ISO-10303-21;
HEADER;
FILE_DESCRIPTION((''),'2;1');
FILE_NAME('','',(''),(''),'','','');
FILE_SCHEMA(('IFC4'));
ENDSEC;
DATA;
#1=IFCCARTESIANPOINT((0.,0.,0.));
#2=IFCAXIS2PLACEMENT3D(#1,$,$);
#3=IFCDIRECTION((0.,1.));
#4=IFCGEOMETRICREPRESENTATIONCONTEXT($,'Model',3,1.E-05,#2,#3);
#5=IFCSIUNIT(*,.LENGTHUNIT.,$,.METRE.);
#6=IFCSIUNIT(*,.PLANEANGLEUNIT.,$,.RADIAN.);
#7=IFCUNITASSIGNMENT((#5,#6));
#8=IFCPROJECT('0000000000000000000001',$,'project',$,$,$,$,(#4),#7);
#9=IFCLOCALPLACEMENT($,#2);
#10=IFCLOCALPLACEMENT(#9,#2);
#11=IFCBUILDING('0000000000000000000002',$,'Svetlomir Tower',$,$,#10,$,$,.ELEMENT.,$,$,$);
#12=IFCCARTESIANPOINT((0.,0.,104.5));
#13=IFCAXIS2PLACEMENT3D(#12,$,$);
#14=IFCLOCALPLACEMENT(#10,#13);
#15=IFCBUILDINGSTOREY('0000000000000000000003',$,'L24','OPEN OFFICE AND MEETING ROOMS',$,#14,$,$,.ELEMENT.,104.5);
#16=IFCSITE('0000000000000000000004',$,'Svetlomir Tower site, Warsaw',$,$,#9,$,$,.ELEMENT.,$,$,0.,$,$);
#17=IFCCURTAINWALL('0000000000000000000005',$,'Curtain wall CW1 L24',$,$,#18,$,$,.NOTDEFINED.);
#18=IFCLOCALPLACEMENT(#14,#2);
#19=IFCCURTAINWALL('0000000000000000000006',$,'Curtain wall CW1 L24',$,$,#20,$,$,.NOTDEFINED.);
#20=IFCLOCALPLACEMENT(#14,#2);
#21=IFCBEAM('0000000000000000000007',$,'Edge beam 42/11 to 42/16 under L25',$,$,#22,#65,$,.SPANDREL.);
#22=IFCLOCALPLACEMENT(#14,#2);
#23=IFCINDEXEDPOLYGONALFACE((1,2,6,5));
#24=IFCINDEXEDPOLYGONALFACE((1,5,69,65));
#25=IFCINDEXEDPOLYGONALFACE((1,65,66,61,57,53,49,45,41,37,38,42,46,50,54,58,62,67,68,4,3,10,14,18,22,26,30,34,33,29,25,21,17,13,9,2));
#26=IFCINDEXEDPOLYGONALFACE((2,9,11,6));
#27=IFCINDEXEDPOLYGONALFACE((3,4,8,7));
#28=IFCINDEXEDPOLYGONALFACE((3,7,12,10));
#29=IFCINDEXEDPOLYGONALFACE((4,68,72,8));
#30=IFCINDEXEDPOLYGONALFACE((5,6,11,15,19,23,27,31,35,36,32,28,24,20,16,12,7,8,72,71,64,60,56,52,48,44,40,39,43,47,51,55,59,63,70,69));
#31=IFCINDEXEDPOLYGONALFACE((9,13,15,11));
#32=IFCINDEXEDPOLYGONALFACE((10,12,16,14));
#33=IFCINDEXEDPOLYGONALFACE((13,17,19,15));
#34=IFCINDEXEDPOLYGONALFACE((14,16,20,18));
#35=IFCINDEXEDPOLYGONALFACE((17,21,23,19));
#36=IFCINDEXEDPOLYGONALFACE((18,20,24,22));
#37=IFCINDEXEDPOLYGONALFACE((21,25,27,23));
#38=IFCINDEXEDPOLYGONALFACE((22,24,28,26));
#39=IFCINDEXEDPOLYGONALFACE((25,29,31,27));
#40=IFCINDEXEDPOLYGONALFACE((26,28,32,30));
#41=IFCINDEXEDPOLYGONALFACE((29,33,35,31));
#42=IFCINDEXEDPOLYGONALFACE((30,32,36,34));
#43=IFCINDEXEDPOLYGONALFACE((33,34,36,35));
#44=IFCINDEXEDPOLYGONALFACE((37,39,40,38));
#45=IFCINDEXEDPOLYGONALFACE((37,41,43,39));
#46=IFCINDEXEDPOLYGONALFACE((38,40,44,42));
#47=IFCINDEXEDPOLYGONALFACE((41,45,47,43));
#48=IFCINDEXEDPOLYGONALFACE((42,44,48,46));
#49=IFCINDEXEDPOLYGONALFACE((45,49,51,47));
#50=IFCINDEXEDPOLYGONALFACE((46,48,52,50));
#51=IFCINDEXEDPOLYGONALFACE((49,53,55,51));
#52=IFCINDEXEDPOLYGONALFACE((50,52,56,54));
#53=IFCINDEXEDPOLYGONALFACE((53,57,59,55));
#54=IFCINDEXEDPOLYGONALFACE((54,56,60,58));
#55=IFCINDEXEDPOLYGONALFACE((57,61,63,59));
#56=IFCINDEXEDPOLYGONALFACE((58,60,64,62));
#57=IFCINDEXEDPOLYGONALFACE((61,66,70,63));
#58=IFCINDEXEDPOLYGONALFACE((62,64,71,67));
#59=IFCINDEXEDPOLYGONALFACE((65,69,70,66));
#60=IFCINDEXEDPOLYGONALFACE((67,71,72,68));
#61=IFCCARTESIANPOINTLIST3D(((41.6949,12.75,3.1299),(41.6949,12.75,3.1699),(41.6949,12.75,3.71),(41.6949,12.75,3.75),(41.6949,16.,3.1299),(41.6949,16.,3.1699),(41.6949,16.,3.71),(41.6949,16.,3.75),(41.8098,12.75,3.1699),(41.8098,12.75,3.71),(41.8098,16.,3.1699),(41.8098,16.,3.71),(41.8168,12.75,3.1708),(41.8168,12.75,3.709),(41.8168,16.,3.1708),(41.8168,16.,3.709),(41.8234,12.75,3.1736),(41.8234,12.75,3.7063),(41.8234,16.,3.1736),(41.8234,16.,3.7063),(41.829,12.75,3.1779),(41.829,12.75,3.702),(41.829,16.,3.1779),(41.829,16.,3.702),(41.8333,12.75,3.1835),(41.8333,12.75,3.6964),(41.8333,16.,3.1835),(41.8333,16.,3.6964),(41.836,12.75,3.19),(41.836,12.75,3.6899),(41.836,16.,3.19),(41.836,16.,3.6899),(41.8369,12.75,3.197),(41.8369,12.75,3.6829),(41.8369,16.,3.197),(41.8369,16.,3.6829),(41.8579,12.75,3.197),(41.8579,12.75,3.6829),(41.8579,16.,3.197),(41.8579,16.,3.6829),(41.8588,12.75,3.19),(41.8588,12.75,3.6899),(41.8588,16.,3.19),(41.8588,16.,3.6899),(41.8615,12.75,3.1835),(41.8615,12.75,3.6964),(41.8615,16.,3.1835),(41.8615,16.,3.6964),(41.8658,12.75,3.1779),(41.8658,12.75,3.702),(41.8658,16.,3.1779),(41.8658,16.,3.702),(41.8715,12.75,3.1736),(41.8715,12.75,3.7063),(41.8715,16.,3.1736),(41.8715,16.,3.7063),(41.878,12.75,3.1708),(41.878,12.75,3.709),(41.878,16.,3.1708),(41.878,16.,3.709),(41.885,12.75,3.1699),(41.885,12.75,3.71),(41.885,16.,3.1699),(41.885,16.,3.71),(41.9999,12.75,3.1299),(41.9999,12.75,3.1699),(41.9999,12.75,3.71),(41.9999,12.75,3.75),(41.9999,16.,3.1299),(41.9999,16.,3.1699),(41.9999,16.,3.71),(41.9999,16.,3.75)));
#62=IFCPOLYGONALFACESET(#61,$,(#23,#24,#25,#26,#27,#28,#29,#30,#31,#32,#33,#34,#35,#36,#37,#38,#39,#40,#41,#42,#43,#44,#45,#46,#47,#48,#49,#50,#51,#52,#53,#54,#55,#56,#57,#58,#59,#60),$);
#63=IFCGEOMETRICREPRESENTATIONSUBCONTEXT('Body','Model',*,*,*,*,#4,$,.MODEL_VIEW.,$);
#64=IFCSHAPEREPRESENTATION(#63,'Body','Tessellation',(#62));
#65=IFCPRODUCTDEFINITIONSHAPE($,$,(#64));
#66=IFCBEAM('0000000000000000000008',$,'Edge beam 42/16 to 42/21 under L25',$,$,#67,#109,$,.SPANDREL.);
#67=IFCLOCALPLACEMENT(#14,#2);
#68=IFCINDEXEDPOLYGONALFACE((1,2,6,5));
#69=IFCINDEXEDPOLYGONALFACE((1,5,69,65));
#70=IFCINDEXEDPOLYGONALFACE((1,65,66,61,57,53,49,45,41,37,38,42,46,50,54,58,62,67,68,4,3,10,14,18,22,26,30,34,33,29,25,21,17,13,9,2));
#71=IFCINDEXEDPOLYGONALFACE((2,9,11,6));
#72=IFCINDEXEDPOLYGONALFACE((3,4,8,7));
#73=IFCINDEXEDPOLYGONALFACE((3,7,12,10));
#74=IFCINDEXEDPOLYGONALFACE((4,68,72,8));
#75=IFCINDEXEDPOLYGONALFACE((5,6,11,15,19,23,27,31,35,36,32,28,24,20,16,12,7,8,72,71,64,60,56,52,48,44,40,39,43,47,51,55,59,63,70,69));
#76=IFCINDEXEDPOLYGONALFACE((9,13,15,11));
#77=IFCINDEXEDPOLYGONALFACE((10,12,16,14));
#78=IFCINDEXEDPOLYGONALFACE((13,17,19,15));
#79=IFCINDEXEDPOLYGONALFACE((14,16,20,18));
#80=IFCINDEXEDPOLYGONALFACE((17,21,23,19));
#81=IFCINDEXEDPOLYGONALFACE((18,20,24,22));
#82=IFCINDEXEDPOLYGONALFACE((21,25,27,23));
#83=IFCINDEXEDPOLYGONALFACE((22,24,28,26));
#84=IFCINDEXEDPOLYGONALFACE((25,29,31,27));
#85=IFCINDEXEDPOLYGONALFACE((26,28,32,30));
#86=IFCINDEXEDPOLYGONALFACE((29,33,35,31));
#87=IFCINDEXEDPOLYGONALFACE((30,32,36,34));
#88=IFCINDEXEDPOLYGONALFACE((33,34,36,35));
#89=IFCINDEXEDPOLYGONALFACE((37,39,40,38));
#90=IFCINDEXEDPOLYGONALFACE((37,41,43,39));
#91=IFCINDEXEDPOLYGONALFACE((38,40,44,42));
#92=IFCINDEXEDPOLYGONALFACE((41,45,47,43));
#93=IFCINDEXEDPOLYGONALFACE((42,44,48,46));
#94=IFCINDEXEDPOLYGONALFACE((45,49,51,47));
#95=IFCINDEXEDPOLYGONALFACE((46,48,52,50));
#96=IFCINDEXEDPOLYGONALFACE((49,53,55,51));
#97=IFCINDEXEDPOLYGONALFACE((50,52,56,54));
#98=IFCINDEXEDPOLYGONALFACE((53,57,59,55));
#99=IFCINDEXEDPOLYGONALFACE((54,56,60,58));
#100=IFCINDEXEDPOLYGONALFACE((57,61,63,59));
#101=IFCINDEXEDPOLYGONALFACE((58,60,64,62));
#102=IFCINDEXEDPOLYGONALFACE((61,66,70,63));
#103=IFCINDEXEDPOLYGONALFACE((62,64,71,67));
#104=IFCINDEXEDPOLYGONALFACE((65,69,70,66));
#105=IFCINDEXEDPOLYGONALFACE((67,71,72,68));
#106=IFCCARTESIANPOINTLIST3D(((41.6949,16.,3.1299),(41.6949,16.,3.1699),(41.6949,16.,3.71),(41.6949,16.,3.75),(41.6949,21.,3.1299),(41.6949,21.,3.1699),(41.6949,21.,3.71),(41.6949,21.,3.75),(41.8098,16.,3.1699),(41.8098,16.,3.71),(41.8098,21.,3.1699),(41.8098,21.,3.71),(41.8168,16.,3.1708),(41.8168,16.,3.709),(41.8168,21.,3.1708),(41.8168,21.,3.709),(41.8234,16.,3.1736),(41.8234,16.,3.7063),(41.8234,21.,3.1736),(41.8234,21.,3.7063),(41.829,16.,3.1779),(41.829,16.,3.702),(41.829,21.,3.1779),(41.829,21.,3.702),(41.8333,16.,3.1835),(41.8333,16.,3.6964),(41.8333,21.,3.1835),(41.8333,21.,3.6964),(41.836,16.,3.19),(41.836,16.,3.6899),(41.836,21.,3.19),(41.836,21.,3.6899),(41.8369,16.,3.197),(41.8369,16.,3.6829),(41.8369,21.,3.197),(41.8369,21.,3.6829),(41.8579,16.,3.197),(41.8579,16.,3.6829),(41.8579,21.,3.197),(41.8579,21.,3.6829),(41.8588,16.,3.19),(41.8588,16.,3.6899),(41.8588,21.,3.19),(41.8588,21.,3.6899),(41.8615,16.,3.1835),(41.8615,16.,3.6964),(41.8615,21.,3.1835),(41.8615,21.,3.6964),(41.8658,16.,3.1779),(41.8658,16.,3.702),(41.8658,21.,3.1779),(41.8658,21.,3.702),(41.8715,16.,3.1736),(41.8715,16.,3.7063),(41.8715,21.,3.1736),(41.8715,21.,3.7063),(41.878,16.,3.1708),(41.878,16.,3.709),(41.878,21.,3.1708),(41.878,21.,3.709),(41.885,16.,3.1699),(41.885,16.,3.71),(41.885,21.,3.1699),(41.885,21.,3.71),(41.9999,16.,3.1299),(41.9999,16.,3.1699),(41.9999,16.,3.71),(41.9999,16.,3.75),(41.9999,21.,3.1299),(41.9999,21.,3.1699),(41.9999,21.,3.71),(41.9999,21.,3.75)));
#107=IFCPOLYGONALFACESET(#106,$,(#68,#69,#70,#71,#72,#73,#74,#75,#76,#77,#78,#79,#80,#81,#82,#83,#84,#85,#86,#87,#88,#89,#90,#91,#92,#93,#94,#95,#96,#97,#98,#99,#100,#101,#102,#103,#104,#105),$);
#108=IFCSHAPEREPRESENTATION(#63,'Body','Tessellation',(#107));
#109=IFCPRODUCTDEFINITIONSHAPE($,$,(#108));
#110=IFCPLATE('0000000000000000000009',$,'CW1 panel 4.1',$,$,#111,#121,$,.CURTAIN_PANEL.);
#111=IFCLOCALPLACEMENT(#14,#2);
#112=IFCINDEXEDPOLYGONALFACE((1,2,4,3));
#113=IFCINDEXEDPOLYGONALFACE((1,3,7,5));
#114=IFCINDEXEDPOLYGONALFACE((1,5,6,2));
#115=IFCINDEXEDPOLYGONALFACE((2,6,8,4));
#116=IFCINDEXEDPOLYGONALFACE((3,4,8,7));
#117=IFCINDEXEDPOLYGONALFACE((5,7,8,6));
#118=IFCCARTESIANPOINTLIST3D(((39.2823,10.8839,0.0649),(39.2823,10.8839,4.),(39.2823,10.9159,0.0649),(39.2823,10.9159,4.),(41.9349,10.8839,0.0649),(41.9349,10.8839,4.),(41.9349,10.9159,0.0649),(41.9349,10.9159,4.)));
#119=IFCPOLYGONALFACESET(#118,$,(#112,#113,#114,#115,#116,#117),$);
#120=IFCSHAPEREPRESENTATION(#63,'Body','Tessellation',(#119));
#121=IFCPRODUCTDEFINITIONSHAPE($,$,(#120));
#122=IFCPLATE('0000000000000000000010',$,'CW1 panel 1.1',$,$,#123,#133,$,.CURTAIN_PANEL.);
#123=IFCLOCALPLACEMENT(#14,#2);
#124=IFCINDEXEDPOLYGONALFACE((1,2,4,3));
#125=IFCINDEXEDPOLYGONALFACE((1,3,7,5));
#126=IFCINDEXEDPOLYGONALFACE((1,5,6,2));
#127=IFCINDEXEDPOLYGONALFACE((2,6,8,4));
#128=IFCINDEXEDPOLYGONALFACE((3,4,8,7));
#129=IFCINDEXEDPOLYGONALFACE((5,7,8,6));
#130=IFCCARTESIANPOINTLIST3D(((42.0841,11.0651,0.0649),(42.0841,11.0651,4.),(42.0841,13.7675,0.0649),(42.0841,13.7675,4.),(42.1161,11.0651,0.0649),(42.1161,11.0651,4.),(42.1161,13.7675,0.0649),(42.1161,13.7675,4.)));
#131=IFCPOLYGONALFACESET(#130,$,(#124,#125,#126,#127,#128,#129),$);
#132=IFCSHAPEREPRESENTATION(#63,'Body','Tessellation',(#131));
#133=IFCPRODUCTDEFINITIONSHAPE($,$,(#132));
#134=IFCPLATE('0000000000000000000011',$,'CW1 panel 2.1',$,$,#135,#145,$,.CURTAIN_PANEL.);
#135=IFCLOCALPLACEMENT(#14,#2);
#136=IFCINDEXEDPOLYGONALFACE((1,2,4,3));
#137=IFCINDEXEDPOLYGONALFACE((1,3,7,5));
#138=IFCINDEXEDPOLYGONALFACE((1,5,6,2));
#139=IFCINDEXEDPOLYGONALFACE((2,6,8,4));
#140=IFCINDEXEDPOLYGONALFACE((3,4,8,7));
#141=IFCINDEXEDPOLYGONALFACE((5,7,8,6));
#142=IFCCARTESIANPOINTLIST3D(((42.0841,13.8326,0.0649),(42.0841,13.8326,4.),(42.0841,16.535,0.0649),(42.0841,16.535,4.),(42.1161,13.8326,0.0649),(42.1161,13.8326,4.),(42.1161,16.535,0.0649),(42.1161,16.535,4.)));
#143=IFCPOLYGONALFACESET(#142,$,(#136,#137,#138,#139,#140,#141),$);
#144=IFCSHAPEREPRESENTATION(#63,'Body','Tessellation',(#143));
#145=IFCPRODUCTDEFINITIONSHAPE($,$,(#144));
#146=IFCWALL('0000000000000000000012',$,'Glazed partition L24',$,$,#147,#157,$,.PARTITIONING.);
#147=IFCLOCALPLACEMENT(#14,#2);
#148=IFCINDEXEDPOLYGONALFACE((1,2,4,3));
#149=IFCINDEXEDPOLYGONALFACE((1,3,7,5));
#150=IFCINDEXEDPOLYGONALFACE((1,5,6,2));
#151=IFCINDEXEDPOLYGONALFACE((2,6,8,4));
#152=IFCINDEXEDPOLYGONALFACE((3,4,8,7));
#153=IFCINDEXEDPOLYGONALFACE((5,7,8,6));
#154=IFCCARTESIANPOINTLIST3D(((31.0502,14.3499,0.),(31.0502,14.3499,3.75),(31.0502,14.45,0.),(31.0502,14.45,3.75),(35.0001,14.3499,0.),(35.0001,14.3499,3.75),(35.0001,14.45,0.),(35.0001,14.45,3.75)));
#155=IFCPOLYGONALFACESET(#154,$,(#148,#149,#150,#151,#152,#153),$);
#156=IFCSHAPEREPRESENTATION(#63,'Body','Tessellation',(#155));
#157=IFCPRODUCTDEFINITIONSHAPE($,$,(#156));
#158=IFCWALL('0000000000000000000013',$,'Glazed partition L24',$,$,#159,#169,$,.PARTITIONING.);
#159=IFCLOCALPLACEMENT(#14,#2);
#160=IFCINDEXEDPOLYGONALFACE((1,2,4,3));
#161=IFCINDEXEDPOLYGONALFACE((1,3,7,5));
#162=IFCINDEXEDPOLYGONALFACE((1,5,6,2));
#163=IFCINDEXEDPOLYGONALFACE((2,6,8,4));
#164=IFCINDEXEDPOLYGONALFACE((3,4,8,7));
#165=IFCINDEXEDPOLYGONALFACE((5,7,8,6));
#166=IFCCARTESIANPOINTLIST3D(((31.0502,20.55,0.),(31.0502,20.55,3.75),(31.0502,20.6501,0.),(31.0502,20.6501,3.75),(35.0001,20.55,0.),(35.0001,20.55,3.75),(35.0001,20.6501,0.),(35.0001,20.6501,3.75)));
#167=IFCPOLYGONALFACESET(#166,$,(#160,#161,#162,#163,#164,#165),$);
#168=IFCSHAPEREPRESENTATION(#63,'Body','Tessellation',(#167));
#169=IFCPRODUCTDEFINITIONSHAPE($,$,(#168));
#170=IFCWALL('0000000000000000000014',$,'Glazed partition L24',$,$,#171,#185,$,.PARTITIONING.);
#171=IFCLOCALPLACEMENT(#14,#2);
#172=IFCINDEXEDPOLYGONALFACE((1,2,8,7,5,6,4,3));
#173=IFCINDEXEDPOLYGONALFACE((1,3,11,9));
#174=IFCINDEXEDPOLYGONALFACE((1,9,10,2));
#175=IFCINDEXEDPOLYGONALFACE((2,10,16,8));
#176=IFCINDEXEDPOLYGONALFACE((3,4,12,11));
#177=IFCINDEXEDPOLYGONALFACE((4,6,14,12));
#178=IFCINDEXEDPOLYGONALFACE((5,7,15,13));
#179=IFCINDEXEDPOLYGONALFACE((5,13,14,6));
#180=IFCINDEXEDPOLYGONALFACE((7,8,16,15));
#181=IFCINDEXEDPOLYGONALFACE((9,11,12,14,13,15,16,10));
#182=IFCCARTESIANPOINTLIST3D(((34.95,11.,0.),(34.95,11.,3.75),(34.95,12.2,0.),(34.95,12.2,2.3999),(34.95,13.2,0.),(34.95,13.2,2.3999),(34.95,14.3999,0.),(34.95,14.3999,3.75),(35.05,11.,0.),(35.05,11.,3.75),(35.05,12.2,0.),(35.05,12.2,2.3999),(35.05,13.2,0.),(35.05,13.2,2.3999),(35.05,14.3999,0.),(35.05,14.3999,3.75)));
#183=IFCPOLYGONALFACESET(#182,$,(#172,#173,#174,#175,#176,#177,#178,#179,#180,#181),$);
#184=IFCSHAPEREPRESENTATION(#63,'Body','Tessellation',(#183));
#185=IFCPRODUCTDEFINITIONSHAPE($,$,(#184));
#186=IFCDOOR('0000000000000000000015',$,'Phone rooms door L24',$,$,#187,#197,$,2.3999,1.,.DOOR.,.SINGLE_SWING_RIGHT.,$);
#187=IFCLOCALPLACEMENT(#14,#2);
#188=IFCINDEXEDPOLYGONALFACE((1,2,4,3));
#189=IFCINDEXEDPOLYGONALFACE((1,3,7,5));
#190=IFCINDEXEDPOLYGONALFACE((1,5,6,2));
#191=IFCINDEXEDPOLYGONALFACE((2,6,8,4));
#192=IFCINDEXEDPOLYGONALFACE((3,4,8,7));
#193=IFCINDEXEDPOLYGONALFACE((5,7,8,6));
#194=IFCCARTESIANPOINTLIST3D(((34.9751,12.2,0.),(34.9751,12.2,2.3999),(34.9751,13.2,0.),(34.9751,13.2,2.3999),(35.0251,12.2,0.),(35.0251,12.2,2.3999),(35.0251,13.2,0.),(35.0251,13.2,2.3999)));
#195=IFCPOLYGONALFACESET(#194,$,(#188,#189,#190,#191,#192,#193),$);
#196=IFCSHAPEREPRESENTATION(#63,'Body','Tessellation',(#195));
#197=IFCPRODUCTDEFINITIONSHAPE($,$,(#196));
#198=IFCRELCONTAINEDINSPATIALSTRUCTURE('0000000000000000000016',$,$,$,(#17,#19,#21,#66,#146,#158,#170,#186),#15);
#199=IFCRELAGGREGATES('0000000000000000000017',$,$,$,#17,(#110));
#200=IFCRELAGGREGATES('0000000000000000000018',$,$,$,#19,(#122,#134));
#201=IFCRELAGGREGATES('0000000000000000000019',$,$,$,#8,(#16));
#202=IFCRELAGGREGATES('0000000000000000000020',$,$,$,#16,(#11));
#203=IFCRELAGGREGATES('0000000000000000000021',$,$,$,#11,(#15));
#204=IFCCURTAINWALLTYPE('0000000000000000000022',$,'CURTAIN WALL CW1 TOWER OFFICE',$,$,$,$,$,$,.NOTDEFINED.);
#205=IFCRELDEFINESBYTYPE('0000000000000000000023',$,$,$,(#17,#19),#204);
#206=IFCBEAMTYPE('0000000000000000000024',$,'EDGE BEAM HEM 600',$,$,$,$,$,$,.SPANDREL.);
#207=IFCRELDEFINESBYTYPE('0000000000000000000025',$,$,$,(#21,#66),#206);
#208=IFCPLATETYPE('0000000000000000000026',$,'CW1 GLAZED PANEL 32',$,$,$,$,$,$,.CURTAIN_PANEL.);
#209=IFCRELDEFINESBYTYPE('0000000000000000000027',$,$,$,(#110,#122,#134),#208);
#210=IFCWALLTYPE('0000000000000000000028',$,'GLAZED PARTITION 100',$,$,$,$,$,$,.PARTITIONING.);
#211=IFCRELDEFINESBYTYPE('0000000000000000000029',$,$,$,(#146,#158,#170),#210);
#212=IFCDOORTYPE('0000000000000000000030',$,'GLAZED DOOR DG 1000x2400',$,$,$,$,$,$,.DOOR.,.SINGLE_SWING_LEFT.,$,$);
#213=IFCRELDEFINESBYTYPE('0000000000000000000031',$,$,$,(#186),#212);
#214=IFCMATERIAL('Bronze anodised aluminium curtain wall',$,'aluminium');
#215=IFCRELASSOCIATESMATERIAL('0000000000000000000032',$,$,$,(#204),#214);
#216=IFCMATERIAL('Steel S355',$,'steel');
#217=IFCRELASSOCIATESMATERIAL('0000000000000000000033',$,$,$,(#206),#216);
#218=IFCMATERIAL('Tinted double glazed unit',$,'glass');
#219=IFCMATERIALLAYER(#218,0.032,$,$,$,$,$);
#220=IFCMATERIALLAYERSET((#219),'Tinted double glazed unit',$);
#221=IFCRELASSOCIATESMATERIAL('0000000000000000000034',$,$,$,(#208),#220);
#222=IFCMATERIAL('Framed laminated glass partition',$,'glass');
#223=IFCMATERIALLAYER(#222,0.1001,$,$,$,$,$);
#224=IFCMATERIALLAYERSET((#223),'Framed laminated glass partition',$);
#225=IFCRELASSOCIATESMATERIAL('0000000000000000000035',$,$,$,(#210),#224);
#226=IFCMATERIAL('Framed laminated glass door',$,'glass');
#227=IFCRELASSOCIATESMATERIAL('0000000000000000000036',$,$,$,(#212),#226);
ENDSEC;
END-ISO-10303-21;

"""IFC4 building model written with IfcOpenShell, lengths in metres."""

from ifc_helpers import new_model, si_unit, direction, frame, frame_2d, origin, origin_2d, place, context, subcontext, project, spatial, rectangle, i_section, extrude, material, layer, layer_set, material_profile, profile_set, type_object, element, fill, aggregate, save


model = new_model("IFC4")

# Units and contexts
model_context = context("Model", 3, precision=1e-05, world=origin(), true_north=direction((0.0, 1.0)))
body_context = subcontext(model_context, "Body", "Model", "MODEL_VIEW")
ifc_project = project(units=[si_unit("LENGTHUNIT", "METRE"), si_unit("PLANEANGLEUNIT", "RADIAN")], contexts=[model_context])

# Site, building, storey
site_placement = place(None, origin())
site = spatial("IfcSite", under=ifc_project, at=site_placement, Name="Svetlomir Tower site, Warsaw", CompositionType="ELEMENT", RefElevation=0.0)
building_placement = place(site_placement, origin())
building = spatial("IfcBuilding", under=site, at=building_placement, Name="Svetlomir Tower", CompositionType="ELEMENT")
storey_placement = place(building_placement, frame((0.0, 0.0, 104.5)))
storey = spatial("IfcBuildingStorey", under=building, at=storey_placement, Name="L24", Description="OPEN OFFICE AND MEETING ROOMS", CompositionType="ELEMENT", Elevation=104.5)

# Curtain wall
ifc_material_1 = material(Name="Bronze anodised aluminium curtain wall", Category="aluminium")
curtain_wall_type = type_object("IfcCurtainWallType", Name="CURTAIN WALL CW1 TOWER OFFICE", PredefinedType="NOTDEFINED", material=ifc_material_1)
curtain_wall_1_placement = place(storey_placement, origin())
curtain_wall_1 = element("IfcCurtainWall", 1, at=curtain_wall_1_placement, inside=storey, type_object=curtain_wall_type, Name="Curtain wall CW1 L24", PredefinedType="NOTDEFINED")

# Curtain wall
curtain_wall_2_placement = place(storey_placement, origin())
curtain_wall_2 = element("IfcCurtainWall", 2, at=curtain_wall_2_placement, inside=storey, type_object=curtain_wall_type, Name="Curtain wall CW1 L24", PredefinedType="NOTDEFINED")

# Beams
ifc_material_2 = material(Name="Steel S355", Category="steel")
ifc_material_profile_1 = material_profile(ifc_material_2, i_section(OverallWidth=0.3049, OverallDepth=0.6201, WebThickness=0.021, FlangeThickness=0.04, FilletRadius=0.0271, at=origin_2d()), Name="HEM 600")
ifc_profile_set_1 = profile_set([ifc_material_profile_1], Name="Steel S355")
beam_type_1 = type_object("IfcBeamType", Name="EDGE BEAM HEM 600", PredefinedType="SPANDREL", material=ifc_profile_set_1)
beam_1_placement = place(storey_placement, frame((41.8474, 12.75, 3.4399), z_axis=(0.0, 1.0, 0.0), x_axis=(-1.0, 0.0, 0.0)))
element("IfcBeam", 3, at=beam_1_placement, inside=storey, type_object=beam_type_1, Name="Edge beam 42/11 to 42/16 under L25", PredefinedType="SPANDREL", context=body_context, shape_type="SweptSolid", body=[
    extrude(i_section(OverallWidth=0.3049, OverallDepth=0.6201, WebThickness=0.021, FlangeThickness=0.04, FilletRadius=0.0271, at=origin_2d()), origin(), (0.0, 0.0, 1.0), 3.25),
])
beam_2_placement = place(storey_placement, frame((41.8474, 16.0, 3.4399), z_axis=(0.0, 1.0, 0.0), x_axis=(-1.0, 0.0, 0.0)))
element("IfcBeam", 4, at=beam_2_placement, inside=storey, type_object=beam_type_1, Name="Edge beam 42/16 to 42/21 under L25", PredefinedType="SPANDREL", context=body_context, shape_type="SweptSolid", body=[
    extrude(i_section(OverallWidth=0.3049, OverallDepth=0.6201, WebThickness=0.021, FlangeThickness=0.04, FilletRadius=0.0271, at=origin_2d()), origin(), (0.0, 0.0, 1.0), 5.0),
])

# Plates
ifc_material_3 = material(Name="Tinted double glazed unit", Category="glass")
ifc_layer_1 = layer(ifc_material_3, 0.032)
ifc_layer_set_1 = layer_set([ifc_layer_1], Name="Tinted double glazed unit")
plate_type = type_object("IfcPlateType", Name="CW1 GLAZED PANEL 32", PredefinedType="CURTAIN_PANEL", material=ifc_layer_set_1)
plate_1_placement = place(storey_placement, frame((40.6086, 10.8999, 0.0649), z_axis=(0.0, 0.0, 1.0), x_axis=(1.0, 0.0, 0.0)))
plate_1 = element("IfcPlate", 5, at=plate_1_placement, type_object=plate_type, Name="CW1 panel 4.1", PredefinedType="CURTAIN_PANEL", context=body_context, shape_type="SweptSolid", body=[
    extrude(rectangle(XDim=2.6526, YDim=0.032, at=origin_2d()), origin(), (0.0, 0.0, 1.0), 3.9351),
])
aggregate(curtain_wall_1, [plate_1])
plate_2_placement = place(storey_placement, frame((42.1001, 12.4163, 0.0649), z_axis=(0.0, 0.0, 1.0), x_axis=(0.0, 1.0, 0.0)))
plate_2 = element("IfcPlate", 6, at=plate_2_placement, type_object=plate_type, Name="CW1 panel 1.1", PredefinedType="CURTAIN_PANEL", context=body_context, shape_type="SweptSolid", body=[
    extrude(rectangle(XDim=2.7024, YDim=0.032, at=origin_2d()), origin(), (0.0, 0.0, 1.0), 3.9351),
])
plate_3_placement = place(storey_placement, frame((42.1001, 15.1838, 0.0649), z_axis=(0.0, 0.0, 1.0), x_axis=(0.0, 1.0, 0.0)))
plate_3 = element("IfcPlate", 7, at=plate_3_placement, type_object=plate_type, Name="CW1 panel 2.1", PredefinedType="CURTAIN_PANEL", context=body_context, shape_type="SweptSolid", body=[
    extrude(rectangle(XDim=2.7024, YDim=0.032, at=origin_2d()), origin(), (0.0, 0.0, 1.0), 3.9351),
])
aggregate(curtain_wall_2, [plate_2, plate_3])

# Walls
ifc_material_4 = material(Name="Framed laminated glass partition", Category="glass")
ifc_layer_2 = layer(ifc_material_4, 0.1001)
ifc_layer_set_2 = layer_set([ifc_layer_2], Name="Framed laminated glass partition")
wall_type_1 = type_object("IfcWallType", Name="GLAZED PARTITION 100", PredefinedType="PARTITIONING", material=ifc_layer_set_2)
for number, where, z_axis, x_axis, name in (
    (8, (31.05, 14.3999, 0.0), (0.0, 0.0, 1.0), (1.0, 0.0, 0.0), "Glazed partition L24"),
    (9, (31.05, 20.6001, 0.0), (0.0, 0.0, 1.0), (1.0, 0.0, 0.0), "Glazed partition L24"),
):
    element("IfcWall", number, at=place(storey_placement, frame(where, z_axis=z_axis, x_axis=x_axis)), inside=storey, type_object=wall_type_1, Name=name, PredefinedType="PARTITIONING", context=body_context, shape_type="SweptSolid", body=[
        extrude(rectangle(XDim=3.95, YDim=0.1001, at=frame_2d((1.9751, 0.0))), origin(), (0.0, 0.0, 1.0), 3.75),
    ])

# Wall, opening, door
wall_1_placement = place(storey_placement, frame((35.0, 11.0, 0.0), z_axis=(0.0, 0.0, 1.0), x_axis=(0.0, 1.0, 0.0)))
wall_1 = element("IfcWall", 10, at=wall_1_placement, inside=storey, type_object=wall_type_1, Name="Glazed partition L24", PredefinedType="PARTITIONING", context=body_context, shape_type="SweptSolid", body=[
    extrude(rectangle(XDim=3.3999, YDim=0.1001, at=frame_2d((1.7, 0.0))), origin(), (0.0, 0.0, 1.0), 3.75),
])
opening_1_placement = place(wall_1_placement, frame((1.2, 0.0, 0.0)))
opening_1 = element("IfcOpeningElement", 11, at=opening_1_placement, cuts=wall_1, PredefinedType="OPENING", context=body_context, shape_type="SweptSolid", body=[
    extrude(rectangle(XDim=1.0, YDim=2.3999, at=frame_2d((0.5, 1.2))), frame((0.0, 0.0601, 0.0), z_axis=(0.0, -1.0, 0.0), x_axis=(1.0, 0.0, 0.0)), (0.0, 0.0, 1.0), 0.1201),
])
ifc_material_5 = material(Name="Framed laminated glass door", Category="glass")
door_type_1 = type_object("IfcDoorType", Name="GLAZED DOOR DG 1000x2400", OperationType="SINGLE_SWING_LEFT", PredefinedType="DOOR", material=ifc_material_5)
door_1_placement = place(opening_1_placement, origin())
door_1 = element("IfcDoor", 12, at=door_1_placement, inside=storey, type_object=door_type_1, Name="Phone rooms door L24", OperationType="SINGLE_SWING_RIGHT", OverallHeight=2.3999, OverallWidth=1.0, PredefinedType="DOOR", context=body_context, shape_type="SweptSolid", body=[
    extrude(rectangle(XDim=1.0, YDim=2.3999, at=frame_2d((0.5, 1.2))), frame((0.0, 0.0249, 0.0), z_axis=(0.0, -1.0, 0.0), x_axis=(1.0, 0.0, 0.0)), (0.0, 0.0, 1.0), 0.05),
])
fill(opening_1, door_1)

save(model, "model.ifc")
